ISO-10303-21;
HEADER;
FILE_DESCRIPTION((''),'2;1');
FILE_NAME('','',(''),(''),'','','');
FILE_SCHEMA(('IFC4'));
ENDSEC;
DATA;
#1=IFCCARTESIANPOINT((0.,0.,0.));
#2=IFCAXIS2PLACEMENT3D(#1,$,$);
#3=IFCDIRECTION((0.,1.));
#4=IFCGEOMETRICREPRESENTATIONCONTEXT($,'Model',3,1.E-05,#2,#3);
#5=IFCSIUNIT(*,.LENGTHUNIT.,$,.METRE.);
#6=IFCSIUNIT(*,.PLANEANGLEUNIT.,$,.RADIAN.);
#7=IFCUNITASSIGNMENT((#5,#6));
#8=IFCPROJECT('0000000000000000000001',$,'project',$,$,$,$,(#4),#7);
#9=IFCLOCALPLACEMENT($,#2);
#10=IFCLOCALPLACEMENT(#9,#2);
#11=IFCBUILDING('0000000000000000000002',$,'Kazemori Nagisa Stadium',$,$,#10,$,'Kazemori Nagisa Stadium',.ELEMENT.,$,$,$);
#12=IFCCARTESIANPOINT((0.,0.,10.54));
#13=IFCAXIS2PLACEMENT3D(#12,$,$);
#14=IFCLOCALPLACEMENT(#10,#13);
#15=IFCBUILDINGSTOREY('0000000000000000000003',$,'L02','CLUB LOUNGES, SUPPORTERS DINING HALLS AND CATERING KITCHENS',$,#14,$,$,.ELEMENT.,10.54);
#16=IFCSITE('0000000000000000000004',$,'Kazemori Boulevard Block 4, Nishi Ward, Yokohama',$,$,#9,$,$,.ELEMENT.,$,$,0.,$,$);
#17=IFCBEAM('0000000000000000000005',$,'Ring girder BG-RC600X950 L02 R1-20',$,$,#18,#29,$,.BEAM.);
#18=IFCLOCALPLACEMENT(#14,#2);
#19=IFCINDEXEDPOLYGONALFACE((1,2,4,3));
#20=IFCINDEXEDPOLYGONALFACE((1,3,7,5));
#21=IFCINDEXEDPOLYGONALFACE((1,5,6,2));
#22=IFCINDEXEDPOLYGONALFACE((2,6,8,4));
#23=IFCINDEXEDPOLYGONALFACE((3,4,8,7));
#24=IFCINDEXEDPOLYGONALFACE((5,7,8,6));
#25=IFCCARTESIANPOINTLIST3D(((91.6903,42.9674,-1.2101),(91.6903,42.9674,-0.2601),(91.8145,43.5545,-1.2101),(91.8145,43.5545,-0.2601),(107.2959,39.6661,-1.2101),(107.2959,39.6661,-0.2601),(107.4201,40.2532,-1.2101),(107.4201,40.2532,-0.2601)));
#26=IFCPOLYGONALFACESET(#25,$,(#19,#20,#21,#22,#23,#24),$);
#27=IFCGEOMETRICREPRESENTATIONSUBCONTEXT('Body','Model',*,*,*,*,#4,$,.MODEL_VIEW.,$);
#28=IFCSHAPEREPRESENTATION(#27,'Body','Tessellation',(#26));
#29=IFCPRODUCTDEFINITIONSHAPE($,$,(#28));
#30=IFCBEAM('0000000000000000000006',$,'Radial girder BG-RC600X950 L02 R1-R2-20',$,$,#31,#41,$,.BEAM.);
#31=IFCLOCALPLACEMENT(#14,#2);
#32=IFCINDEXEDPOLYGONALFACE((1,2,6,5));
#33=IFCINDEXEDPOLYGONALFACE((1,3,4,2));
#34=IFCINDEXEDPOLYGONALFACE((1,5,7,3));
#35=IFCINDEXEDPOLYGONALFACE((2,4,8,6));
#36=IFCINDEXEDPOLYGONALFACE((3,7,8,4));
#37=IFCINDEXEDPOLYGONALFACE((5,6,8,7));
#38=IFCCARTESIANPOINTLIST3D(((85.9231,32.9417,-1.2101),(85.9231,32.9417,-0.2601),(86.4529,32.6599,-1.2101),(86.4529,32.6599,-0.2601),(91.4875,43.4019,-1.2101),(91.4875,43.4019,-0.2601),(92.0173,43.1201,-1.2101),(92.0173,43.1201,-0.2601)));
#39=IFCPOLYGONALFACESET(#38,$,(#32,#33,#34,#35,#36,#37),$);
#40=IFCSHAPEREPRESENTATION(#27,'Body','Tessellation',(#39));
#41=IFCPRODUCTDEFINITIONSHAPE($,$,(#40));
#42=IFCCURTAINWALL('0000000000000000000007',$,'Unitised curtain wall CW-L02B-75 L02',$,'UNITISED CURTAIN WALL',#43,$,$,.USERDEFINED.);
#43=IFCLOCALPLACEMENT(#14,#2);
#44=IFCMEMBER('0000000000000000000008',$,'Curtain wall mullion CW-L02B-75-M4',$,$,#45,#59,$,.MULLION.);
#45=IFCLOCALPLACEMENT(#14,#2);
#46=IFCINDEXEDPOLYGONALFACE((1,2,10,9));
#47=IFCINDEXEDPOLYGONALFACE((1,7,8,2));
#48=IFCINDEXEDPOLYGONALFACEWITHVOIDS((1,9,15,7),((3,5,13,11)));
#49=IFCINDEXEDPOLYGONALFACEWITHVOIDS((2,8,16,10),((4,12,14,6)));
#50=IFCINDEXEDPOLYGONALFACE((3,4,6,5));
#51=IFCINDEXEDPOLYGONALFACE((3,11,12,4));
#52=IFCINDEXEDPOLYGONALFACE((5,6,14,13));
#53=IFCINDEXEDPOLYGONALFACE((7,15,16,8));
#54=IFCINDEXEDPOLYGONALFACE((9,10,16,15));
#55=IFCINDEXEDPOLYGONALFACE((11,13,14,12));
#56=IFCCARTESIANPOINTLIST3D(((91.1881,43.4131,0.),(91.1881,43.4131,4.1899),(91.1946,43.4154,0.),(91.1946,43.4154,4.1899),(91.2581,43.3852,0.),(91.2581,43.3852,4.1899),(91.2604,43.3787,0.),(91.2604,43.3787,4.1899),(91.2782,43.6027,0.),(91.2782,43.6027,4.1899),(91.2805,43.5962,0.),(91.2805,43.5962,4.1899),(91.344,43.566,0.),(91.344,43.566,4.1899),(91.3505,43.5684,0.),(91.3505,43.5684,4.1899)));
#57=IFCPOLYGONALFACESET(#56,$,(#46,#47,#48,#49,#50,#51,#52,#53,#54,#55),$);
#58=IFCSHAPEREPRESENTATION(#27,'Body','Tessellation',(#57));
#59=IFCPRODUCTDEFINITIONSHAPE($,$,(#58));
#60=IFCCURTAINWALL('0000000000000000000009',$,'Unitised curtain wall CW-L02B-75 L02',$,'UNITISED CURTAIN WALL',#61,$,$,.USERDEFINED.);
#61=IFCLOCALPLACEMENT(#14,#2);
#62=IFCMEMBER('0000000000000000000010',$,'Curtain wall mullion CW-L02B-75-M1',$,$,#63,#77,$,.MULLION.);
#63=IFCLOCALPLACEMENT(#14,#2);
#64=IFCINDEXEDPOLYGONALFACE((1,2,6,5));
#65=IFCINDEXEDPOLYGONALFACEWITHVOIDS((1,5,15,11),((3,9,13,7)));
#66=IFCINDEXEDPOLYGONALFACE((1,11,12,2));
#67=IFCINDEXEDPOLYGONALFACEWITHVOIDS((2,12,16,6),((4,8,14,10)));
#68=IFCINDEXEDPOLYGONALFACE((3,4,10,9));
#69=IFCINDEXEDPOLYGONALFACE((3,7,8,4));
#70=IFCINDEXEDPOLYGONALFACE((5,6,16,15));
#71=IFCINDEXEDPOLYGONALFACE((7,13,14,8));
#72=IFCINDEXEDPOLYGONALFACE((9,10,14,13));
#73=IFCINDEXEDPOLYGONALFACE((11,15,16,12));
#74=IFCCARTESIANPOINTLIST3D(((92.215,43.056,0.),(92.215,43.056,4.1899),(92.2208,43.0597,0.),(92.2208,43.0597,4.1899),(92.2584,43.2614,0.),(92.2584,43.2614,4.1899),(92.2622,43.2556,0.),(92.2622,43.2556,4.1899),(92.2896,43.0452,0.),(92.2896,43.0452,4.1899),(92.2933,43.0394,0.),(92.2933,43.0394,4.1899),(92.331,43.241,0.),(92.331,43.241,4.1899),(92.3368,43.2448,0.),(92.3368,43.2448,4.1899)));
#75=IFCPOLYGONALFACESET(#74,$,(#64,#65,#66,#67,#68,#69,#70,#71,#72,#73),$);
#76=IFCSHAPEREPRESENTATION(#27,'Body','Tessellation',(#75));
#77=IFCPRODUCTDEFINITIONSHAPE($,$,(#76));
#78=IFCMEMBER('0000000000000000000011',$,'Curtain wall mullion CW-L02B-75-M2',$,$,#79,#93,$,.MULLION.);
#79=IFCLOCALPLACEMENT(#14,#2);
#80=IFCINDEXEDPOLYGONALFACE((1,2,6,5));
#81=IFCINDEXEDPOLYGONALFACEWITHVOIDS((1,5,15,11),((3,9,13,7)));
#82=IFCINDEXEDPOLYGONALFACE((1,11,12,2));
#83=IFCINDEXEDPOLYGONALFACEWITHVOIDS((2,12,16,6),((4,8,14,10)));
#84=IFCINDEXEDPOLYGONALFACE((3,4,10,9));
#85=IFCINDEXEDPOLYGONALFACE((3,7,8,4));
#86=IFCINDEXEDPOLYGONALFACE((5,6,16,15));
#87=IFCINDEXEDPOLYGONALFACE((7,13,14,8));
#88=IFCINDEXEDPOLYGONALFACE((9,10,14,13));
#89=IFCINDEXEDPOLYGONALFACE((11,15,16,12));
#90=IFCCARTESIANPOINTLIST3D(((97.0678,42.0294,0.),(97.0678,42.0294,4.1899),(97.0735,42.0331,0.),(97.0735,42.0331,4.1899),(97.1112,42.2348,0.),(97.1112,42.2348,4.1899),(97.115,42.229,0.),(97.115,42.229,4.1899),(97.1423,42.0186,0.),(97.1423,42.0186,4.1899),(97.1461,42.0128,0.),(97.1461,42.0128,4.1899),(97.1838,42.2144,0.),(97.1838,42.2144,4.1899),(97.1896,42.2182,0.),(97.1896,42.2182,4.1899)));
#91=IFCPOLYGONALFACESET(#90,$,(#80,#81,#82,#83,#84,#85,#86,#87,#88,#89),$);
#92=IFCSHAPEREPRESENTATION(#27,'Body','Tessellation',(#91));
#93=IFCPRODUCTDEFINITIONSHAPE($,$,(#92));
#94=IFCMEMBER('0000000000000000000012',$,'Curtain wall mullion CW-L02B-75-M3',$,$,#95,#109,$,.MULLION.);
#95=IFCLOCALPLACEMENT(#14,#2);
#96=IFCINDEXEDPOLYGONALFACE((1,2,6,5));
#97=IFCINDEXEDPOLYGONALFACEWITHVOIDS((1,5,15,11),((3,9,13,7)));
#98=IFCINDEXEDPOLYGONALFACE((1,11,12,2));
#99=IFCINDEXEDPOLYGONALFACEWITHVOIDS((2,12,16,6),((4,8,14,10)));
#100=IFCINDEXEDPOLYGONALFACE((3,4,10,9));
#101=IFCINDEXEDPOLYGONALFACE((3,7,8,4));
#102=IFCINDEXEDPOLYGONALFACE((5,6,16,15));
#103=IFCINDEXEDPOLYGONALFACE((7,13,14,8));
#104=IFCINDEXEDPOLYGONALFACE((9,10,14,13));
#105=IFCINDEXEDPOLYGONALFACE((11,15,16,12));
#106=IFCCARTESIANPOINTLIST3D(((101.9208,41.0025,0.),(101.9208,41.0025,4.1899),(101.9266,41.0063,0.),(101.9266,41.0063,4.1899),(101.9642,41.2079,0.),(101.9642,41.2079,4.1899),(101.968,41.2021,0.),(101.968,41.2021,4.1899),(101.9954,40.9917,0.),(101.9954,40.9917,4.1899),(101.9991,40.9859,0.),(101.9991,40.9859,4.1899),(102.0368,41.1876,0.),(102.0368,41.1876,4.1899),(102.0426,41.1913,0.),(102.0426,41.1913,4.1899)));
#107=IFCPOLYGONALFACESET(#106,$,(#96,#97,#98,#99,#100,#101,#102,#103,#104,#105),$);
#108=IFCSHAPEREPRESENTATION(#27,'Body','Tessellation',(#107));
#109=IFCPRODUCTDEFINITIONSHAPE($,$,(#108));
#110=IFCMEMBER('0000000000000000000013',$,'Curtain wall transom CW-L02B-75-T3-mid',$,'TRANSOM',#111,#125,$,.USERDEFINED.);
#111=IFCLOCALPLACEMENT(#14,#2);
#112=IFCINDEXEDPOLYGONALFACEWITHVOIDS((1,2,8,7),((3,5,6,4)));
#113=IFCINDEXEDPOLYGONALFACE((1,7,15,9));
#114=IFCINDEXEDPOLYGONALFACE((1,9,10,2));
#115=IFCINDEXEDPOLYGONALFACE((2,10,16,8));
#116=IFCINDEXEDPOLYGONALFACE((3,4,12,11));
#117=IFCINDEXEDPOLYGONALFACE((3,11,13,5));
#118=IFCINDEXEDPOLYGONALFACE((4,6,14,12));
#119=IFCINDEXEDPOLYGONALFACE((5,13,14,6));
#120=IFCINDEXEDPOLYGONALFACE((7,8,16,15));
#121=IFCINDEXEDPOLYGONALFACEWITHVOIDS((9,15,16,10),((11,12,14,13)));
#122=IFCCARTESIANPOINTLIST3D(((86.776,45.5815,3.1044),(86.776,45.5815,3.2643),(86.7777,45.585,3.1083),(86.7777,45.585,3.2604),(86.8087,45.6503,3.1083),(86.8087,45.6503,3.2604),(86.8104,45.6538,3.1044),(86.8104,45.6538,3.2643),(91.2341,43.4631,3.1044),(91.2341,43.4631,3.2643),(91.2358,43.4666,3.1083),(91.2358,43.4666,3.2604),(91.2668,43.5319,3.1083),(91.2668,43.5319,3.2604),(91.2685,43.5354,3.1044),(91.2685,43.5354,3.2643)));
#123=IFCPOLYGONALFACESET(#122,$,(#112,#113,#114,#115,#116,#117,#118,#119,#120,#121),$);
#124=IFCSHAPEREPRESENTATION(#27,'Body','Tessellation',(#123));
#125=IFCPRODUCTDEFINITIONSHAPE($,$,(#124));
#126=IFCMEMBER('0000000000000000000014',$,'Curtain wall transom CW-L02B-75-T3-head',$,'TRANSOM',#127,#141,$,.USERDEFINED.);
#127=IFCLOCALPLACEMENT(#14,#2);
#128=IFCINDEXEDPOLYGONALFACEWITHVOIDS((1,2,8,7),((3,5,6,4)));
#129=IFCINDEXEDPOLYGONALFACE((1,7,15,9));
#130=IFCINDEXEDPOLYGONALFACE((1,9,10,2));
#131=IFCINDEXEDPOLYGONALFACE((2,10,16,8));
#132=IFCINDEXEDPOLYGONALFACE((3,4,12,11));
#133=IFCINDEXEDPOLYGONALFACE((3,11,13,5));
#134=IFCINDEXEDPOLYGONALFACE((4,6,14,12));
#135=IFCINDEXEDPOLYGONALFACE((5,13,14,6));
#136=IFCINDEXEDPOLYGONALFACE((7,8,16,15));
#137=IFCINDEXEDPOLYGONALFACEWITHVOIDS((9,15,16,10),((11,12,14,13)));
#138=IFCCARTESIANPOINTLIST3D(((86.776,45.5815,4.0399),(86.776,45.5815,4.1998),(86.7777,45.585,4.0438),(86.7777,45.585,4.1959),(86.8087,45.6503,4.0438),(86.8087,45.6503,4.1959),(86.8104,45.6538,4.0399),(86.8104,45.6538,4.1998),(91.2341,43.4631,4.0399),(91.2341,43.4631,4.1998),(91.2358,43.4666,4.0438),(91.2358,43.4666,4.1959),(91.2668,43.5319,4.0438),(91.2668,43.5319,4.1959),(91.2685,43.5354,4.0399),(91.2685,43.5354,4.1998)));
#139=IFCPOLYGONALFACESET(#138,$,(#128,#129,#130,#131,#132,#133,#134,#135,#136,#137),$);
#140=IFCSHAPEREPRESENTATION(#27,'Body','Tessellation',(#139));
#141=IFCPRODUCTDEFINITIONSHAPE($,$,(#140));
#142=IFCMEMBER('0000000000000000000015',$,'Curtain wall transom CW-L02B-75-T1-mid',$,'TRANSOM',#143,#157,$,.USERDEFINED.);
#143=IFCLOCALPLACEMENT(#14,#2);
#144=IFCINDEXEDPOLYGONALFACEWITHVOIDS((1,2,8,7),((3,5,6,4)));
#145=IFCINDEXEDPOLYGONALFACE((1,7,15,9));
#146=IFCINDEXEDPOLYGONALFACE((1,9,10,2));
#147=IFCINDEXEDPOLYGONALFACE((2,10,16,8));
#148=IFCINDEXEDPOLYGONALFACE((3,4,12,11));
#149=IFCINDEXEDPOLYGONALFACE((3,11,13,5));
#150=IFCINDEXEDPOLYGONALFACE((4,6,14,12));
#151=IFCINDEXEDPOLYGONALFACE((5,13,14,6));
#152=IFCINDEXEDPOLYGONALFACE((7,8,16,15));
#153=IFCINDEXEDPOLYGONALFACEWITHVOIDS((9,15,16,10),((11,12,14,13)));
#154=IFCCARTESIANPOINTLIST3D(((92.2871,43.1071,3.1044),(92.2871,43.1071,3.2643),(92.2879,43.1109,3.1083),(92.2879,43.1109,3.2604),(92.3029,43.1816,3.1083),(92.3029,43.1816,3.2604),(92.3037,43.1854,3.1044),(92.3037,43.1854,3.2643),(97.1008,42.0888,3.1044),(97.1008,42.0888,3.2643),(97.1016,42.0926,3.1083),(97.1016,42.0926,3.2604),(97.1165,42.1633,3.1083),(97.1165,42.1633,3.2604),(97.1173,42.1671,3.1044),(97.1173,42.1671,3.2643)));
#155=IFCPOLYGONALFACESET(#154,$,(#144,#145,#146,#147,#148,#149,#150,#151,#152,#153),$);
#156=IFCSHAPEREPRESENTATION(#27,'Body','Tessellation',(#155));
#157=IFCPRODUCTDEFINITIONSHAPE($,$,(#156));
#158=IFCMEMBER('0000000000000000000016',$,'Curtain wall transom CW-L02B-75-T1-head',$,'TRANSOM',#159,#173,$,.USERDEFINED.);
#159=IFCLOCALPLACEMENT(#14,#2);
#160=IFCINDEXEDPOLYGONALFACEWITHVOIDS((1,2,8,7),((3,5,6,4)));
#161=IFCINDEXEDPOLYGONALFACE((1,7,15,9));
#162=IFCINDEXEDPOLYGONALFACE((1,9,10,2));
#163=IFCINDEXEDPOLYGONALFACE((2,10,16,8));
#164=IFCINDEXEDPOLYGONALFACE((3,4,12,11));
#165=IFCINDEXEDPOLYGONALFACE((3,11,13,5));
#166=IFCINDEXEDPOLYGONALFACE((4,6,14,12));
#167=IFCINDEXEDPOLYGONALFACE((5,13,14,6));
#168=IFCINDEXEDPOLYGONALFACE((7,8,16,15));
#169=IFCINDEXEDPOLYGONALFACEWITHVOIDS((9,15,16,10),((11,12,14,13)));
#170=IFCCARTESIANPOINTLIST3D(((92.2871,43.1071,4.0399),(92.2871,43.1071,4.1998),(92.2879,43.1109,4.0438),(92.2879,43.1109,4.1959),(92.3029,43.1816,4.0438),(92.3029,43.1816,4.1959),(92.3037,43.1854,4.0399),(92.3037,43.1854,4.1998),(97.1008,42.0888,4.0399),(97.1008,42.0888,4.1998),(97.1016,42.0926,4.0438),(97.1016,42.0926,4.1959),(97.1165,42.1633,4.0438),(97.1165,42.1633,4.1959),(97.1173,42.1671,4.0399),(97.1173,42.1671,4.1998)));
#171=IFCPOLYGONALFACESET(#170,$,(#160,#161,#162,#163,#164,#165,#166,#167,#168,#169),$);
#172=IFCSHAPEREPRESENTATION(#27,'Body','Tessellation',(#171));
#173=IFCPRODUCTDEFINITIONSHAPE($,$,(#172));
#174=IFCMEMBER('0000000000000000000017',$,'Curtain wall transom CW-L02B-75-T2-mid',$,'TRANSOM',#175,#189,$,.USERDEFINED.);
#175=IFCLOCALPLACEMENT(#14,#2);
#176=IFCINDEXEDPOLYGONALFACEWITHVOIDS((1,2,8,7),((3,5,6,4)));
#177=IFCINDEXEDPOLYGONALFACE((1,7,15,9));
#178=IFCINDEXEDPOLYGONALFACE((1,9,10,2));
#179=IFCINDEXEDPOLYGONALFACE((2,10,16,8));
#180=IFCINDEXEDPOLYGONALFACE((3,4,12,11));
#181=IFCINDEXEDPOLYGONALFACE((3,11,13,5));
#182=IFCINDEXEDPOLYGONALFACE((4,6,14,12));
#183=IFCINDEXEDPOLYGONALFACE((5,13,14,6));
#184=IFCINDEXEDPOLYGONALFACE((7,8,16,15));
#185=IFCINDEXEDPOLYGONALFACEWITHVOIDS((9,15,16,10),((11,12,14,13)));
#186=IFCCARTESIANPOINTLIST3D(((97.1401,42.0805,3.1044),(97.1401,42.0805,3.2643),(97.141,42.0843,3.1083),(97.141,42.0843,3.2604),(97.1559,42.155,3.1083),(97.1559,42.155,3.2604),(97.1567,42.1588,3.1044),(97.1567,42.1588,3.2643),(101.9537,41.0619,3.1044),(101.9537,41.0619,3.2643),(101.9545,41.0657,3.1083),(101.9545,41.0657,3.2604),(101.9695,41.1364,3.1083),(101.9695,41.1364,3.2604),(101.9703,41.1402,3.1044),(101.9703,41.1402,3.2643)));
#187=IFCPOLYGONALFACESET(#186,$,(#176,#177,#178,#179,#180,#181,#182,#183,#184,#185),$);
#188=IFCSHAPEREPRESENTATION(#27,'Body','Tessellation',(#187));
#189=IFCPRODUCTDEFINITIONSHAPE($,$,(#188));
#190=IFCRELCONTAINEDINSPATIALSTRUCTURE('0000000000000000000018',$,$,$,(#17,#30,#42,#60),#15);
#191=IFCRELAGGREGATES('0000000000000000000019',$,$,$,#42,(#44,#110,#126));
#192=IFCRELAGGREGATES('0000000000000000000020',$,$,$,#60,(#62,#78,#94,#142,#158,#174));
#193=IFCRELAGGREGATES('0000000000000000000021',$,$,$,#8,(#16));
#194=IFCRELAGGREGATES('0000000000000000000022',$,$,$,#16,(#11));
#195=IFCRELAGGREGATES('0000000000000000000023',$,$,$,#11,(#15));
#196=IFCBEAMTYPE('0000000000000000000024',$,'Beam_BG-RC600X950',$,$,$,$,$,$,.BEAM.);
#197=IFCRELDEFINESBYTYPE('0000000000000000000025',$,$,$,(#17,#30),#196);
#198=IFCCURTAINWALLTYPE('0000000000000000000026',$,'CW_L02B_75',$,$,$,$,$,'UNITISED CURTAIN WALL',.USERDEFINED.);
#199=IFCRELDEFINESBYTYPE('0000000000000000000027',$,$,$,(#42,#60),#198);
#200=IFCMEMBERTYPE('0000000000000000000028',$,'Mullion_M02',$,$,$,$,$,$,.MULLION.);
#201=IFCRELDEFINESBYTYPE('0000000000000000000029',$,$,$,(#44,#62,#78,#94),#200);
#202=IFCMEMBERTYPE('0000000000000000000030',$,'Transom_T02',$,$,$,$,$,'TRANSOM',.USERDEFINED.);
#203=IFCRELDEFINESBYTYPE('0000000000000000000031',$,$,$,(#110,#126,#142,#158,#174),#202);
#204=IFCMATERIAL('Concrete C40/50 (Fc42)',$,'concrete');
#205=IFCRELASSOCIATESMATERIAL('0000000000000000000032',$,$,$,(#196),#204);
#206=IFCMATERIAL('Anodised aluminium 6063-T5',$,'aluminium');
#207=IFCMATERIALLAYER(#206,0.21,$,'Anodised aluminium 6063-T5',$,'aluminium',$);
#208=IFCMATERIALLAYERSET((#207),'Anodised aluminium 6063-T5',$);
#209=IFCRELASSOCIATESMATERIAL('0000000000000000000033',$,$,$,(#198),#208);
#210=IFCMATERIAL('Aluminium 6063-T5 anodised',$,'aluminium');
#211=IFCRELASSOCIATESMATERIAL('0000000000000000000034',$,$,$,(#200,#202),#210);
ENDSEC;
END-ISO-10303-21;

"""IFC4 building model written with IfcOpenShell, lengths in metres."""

from ifc_helpers import new_model, si_unit, direction, frame, origin, origin_2d, place, context, subcontext, project, spatial, rectangle, hollow_rectangle, extrude, material, layer, layer_set, material_profile, profile_set, type_object, element, aggregate, save


model = new_model("IFC4")

# Units and contexts
model_context = context("Model", 3, precision=1e-05, world=origin(), true_north=direction((0.0, 1.0)))
body_context = subcontext(model_context, "Body", "Model", "MODEL_VIEW")
ifc_project = project(units=[si_unit("LENGTHUNIT", "METRE"), si_unit("PLANEANGLEUNIT", "RADIAN")], contexts=[model_context])

# Site, building, storey
site_placement = place(None, origin())
site = spatial("IfcSite", under=ifc_project, at=site_placement, Name="Kazemori Boulevard Block 4, Nishi Ward, Yokohama", CompositionType="ELEMENT", RefElevation=0.0)
building_placement = place(site_placement, origin())
building = spatial("IfcBuilding", under=site, at=building_placement, Name="Kazemori Nagisa Stadium", LongName="Kazemori Nagisa Stadium", CompositionType="ELEMENT")
storey_placement = place(building_placement, frame((0.0, 0.0, 10.54)))
storey = spatial("IfcBuildingStorey", under=building, at=storey_placement, Name="L02", Description="CLUB LOUNGES, SUPPORTERS DINING HALLS AND CATERING KITCHENS", CompositionType="ELEMENT", Elevation=10.54)

# Shared definitions
ifc_material_1 = material(Name="Concrete C40/50 (Fc42)", Category="concrete")

# Beams
ifc_material_profile_1 = material_profile(ifc_material_1, rectangle(XDim=0.6001, YDim=0.95, at=origin_2d()), Name="RC-BM-600x950")
ifc_profile_set_1 = profile_set([ifc_material_profile_1], Name="Concrete C40/50 (Fc42)")
beam_type = type_object("IfcBeamType", Name="Beam_BG-RC600X950", PredefinedType="BEAM", material=ifc_profile_set_1)
beam_1_placement = place(storey_placement, frame((91.7524, 43.261, -0.7351), z_axis=(0.978348, -0.206965, 0.0), x_axis=(0.206965, 0.978348, 0.0)))
element("IfcBeam", 1, at=beam_1_placement, inside=storey, type_object=beam_type, Name="Ring girder BG-RC600X950 L02 R1-20", PredefinedType="BEAM", context=body_context, shape_type="SweptSolid", body=[
    extrude(rectangle(XDim=0.6001, YDim=0.95, at=origin_2d()), origin(), (0.0, 0.0, 1.0), 15.9509),
])
beam_2_placement = place(storey_placement, frame((91.7524, 43.261, -0.7351), z_axis=(-0.469647, -0.882854, 0.0), x_axis=(0.882854, -0.469647, 0.0)))
element("IfcBeam", 2, at=beam_2_placement, inside=storey, type_object=beam_type, Name="Radial girder BG-RC600X950 L02 R1-R2-20", PredefinedType="BEAM", context=body_context, shape_type="SweptSolid", body=[
    extrude(rectangle(XDim=0.6001, YDim=0.95, at=origin_2d()), origin(), (0.0, 0.0, 1.0), 11.8481),
])

# Curtain wall, member
ifc_material_2 = material(Name="Anodised aluminium 6063-T5", Category="aluminium")
ifc_layer_1 = layer(ifc_material_2, 0.21, Name="Anodised aluminium 6063-T5", Category="aluminium")
ifc_layer_set_1 = layer_set([ifc_layer_1], Name="Anodised aluminium 6063-T5")
curtain_wall_type = type_object("IfcCurtainWallType", Name="CW_L02B_75", ElementType="UNITISED CURTAIN WALL", PredefinedType="USERDEFINED", material=ifc_layer_set_1)
curtain_wall_1_placement = place(storey_placement, origin())
curtain_wall_1 = element("IfcCurtainWall", 3, at=curtain_wall_1_placement, inside=storey, type_object=curtain_wall_type, Name="Unitised curtain wall CW-L02B-75 L02", ObjectType="UNITISED CURTAIN WALL", PredefinedType="USERDEFINED")
ifc_material_3 = material(Name="Aluminium 6063-T5 anodised", Category="aluminium")
ifc_material_profile_2 = material_profile(ifc_material_3, hollow_rectangle(XDim=0.0801, YDim=0.21, WallThickness=0.0049, at=origin_2d()), Name="ALU-MULL-80x210x5")
ifc_profile_set_2 = profile_set([ifc_material_profile_2], Name="Aluminium 6063-T5 anodised")
member_type_1 = type_object("IfcMemberType", Name="Mullion_M02", PredefinedType="MULLION", material=ifc_profile_set_2)
member_1_placement = place(storey_placement, frame((91.2693, 43.4907, 0.0), z_axis=(0.0, 0.0, 1.0), x_axis=(0.903216, -0.429186, 0.0)))
member_1 = element("IfcMember", 4, at=member_1_placement, type_object=member_type_1, Name="Curtain wall mullion CW-L02B-75-M4", PredefinedType="MULLION", context=body_context, shape_type="SweptSolid", body=[
    extrude(hollow_rectangle(XDim=0.0801, YDim=0.21, WallThickness=0.0049, at=origin_2d()), origin(), (0.0, 0.0, 1.0), 4.1899),
])

# Curtain wall, members
curtain_wall_2_placement = place(storey_placement, origin())
curtain_wall_2 = element("IfcCurtainWall", 5, at=curtain_wall_2_placement, inside=storey, type_object=curtain_wall_type, Name="Unitised curtain wall CW-L02B-75 L02", ObjectType="UNITISED CURTAIN WALL", PredefinedType="USERDEFINED")
member_2_placement = place(storey_placement, frame((92.2759, 43.1504, 0.0), z_axis=(0.0, 0.0, 1.0), x_axis=(0.978345, -0.206981, 0.0)))
member_2 = element("IfcMember", 6, at=member_2_placement, type_object=member_type_1, Name="Curtain wall mullion CW-L02B-75-M1", PredefinedType="MULLION", context=body_context, shape_type="SweptSolid", body=[
    extrude(hollow_rectangle(XDim=0.0801, YDim=0.21, WallThickness=0.0049, at=origin_2d()), origin(), (0.0, 0.0, 1.0), 4.1899),
])
member_3_placement = place(storey_placement, frame((97.1287, 42.1238, 0.0), z_axis=(0.0, 0.0, 1.0), x_axis=(0.978345, -0.206981, 0.0)))
member_3 = element("IfcMember", 7, at=member_3_placement, type_object=member_type_1, Name="Curtain wall mullion CW-L02B-75-M2", PredefinedType="MULLION", context=body_context, shape_type="SweptSolid", body=[
    extrude(hollow_rectangle(XDim=0.0801, YDim=0.21, WallThickness=0.0049, at=origin_2d()), origin(), (0.0, 0.0, 1.0), 4.1899),
])
member_4_placement = place(storey_placement, frame((101.9817, 41.0969, 0.0), z_axis=(0.0, 0.0, 1.0), x_axis=(0.978345, -0.206981, 0.0)))
member_4 = element("IfcMember", 8, at=member_4_placement, type_object=member_type_1, Name="Curtain wall mullion CW-L02B-75-M3", PredefinedType="MULLION", context=body_context, shape_type="SweptSolid", body=[
    extrude(hollow_rectangle(XDim=0.0801, YDim=0.21, WallThickness=0.0049, at=origin_2d()), origin(), (0.0, 0.0, 1.0), 4.1899),
])

# Members
ifc_material_profile_3 = material_profile(ifc_material_3, hollow_rectangle(XDim=0.0801, YDim=0.1599, WallThickness=0.0039, at=origin_2d()), Name="ALU-TRAN-80x160x4")
ifc_profile_set_3 = profile_set([ifc_material_profile_3], Name="Aluminium 6063-T5 anodised")
member_type_2 = type_object("IfcMemberType", Name="Transom_T02", ElementType="TRANSOM", PredefinedType="USERDEFINED", material=ifc_profile_set_3)
member_5_placement = place(storey_placement, frame((86.7932, 45.6177, 3.1843), z_axis=(0.90321, -0.429198, 0.0), x_axis=(0.429198, 0.90321, 0.0)))
member_5 = element("IfcMember", 9, at=member_5_placement, type_object=member_type_2, Name="Curtain wall transom CW-L02B-75-T3-mid", ObjectType="TRANSOM", PredefinedType="USERDEFINED", context=body_context, shape_type="SweptSolid", body=[
    extrude(hollow_rectangle(XDim=0.0801, YDim=0.1599, WallThickness=0.0039, at=origin_2d()), origin(), (0.0, 0.0, 1.0), 4.9358),
])
member_6_placement = place(storey_placement, frame((86.7932, 45.6177, 4.1199), z_axis=(0.90321, -0.429198, 0.0), x_axis=(0.429198, 0.90321, 0.0)))
member_6 = element("IfcMember", 10, at=member_6_placement, type_object=member_type_2, Name="Curtain wall transom CW-L02B-75-T3-head", ObjectType="TRANSOM", PredefinedType="USERDEFINED", context=body_context, shape_type="SweptSolid", body=[
    extrude(hollow_rectangle(XDim=0.0801, YDim=0.1599, WallThickness=0.0039, at=origin_2d()), origin(), (0.0, 0.0, 1.0), 4.9358),
])
member_7_placement = place(storey_placement, frame((92.2954, 43.1462, 3.1843), z_axis=(0.978349, -0.206963, 0.0), x_axis=(0.206963, 0.978349, 0.0)))
member_7 = element("IfcMember", 11, at=member_7_placement, type_object=member_type_2, Name="Curtain wall transom CW-L02B-75-T1-mid", ObjectType="TRANSOM", PredefinedType="USERDEFINED", context=body_context, shape_type="SweptSolid", body=[
    extrude(hollow_rectangle(XDim=0.0801, YDim=0.1599, WallThickness=0.0039, at=origin_2d()), origin(), (0.0, 0.0, 1.0), 4.9202),
])
member_8_placement = place(storey_placement, frame((92.2954, 43.1462, 4.1199), z_axis=(0.978349, -0.206963, 0.0), x_axis=(0.206963, 0.978349, 0.0)))
member_8 = element("IfcMember", 12, at=member_8_placement, type_object=member_type_2, Name="Curtain wall transom CW-L02B-75-T1-head", ObjectType="TRANSOM", PredefinedType="USERDEFINED", context=body_context, shape_type="SweptSolid", body=[
    extrude(hollow_rectangle(XDim=0.0801, YDim=0.1599, WallThickness=0.0039, at=origin_2d()), origin(), (0.0, 0.0, 1.0), 4.9202),
])
member_9_placement = place(storey_placement, frame((97.1484, 42.1196, 3.1843), z_axis=(0.978337, -0.207021, 0.0), x_axis=(0.207021, 0.978337, 0.0)))
member_9 = element("IfcMember", 13, at=member_9_placement, type_object=member_type_2, Name="Curtain wall transom CW-L02B-75-T2-mid", ObjectType="TRANSOM", PredefinedType="USERDEFINED", context=body_context, shape_type="SweptSolid", body=[
    extrude(hollow_rectangle(XDim=0.0801, YDim=0.1599, WallThickness=0.0039, at=origin_2d()), origin(), (0.0, 0.0, 1.0), 4.9202),
])

aggregate(curtain_wall_1, [member_1, member_5, member_6])
aggregate(curtain_wall_2, [member_2, member_3, member_4, member_7, member_8, member_9])

save(model, "model.ifc")
